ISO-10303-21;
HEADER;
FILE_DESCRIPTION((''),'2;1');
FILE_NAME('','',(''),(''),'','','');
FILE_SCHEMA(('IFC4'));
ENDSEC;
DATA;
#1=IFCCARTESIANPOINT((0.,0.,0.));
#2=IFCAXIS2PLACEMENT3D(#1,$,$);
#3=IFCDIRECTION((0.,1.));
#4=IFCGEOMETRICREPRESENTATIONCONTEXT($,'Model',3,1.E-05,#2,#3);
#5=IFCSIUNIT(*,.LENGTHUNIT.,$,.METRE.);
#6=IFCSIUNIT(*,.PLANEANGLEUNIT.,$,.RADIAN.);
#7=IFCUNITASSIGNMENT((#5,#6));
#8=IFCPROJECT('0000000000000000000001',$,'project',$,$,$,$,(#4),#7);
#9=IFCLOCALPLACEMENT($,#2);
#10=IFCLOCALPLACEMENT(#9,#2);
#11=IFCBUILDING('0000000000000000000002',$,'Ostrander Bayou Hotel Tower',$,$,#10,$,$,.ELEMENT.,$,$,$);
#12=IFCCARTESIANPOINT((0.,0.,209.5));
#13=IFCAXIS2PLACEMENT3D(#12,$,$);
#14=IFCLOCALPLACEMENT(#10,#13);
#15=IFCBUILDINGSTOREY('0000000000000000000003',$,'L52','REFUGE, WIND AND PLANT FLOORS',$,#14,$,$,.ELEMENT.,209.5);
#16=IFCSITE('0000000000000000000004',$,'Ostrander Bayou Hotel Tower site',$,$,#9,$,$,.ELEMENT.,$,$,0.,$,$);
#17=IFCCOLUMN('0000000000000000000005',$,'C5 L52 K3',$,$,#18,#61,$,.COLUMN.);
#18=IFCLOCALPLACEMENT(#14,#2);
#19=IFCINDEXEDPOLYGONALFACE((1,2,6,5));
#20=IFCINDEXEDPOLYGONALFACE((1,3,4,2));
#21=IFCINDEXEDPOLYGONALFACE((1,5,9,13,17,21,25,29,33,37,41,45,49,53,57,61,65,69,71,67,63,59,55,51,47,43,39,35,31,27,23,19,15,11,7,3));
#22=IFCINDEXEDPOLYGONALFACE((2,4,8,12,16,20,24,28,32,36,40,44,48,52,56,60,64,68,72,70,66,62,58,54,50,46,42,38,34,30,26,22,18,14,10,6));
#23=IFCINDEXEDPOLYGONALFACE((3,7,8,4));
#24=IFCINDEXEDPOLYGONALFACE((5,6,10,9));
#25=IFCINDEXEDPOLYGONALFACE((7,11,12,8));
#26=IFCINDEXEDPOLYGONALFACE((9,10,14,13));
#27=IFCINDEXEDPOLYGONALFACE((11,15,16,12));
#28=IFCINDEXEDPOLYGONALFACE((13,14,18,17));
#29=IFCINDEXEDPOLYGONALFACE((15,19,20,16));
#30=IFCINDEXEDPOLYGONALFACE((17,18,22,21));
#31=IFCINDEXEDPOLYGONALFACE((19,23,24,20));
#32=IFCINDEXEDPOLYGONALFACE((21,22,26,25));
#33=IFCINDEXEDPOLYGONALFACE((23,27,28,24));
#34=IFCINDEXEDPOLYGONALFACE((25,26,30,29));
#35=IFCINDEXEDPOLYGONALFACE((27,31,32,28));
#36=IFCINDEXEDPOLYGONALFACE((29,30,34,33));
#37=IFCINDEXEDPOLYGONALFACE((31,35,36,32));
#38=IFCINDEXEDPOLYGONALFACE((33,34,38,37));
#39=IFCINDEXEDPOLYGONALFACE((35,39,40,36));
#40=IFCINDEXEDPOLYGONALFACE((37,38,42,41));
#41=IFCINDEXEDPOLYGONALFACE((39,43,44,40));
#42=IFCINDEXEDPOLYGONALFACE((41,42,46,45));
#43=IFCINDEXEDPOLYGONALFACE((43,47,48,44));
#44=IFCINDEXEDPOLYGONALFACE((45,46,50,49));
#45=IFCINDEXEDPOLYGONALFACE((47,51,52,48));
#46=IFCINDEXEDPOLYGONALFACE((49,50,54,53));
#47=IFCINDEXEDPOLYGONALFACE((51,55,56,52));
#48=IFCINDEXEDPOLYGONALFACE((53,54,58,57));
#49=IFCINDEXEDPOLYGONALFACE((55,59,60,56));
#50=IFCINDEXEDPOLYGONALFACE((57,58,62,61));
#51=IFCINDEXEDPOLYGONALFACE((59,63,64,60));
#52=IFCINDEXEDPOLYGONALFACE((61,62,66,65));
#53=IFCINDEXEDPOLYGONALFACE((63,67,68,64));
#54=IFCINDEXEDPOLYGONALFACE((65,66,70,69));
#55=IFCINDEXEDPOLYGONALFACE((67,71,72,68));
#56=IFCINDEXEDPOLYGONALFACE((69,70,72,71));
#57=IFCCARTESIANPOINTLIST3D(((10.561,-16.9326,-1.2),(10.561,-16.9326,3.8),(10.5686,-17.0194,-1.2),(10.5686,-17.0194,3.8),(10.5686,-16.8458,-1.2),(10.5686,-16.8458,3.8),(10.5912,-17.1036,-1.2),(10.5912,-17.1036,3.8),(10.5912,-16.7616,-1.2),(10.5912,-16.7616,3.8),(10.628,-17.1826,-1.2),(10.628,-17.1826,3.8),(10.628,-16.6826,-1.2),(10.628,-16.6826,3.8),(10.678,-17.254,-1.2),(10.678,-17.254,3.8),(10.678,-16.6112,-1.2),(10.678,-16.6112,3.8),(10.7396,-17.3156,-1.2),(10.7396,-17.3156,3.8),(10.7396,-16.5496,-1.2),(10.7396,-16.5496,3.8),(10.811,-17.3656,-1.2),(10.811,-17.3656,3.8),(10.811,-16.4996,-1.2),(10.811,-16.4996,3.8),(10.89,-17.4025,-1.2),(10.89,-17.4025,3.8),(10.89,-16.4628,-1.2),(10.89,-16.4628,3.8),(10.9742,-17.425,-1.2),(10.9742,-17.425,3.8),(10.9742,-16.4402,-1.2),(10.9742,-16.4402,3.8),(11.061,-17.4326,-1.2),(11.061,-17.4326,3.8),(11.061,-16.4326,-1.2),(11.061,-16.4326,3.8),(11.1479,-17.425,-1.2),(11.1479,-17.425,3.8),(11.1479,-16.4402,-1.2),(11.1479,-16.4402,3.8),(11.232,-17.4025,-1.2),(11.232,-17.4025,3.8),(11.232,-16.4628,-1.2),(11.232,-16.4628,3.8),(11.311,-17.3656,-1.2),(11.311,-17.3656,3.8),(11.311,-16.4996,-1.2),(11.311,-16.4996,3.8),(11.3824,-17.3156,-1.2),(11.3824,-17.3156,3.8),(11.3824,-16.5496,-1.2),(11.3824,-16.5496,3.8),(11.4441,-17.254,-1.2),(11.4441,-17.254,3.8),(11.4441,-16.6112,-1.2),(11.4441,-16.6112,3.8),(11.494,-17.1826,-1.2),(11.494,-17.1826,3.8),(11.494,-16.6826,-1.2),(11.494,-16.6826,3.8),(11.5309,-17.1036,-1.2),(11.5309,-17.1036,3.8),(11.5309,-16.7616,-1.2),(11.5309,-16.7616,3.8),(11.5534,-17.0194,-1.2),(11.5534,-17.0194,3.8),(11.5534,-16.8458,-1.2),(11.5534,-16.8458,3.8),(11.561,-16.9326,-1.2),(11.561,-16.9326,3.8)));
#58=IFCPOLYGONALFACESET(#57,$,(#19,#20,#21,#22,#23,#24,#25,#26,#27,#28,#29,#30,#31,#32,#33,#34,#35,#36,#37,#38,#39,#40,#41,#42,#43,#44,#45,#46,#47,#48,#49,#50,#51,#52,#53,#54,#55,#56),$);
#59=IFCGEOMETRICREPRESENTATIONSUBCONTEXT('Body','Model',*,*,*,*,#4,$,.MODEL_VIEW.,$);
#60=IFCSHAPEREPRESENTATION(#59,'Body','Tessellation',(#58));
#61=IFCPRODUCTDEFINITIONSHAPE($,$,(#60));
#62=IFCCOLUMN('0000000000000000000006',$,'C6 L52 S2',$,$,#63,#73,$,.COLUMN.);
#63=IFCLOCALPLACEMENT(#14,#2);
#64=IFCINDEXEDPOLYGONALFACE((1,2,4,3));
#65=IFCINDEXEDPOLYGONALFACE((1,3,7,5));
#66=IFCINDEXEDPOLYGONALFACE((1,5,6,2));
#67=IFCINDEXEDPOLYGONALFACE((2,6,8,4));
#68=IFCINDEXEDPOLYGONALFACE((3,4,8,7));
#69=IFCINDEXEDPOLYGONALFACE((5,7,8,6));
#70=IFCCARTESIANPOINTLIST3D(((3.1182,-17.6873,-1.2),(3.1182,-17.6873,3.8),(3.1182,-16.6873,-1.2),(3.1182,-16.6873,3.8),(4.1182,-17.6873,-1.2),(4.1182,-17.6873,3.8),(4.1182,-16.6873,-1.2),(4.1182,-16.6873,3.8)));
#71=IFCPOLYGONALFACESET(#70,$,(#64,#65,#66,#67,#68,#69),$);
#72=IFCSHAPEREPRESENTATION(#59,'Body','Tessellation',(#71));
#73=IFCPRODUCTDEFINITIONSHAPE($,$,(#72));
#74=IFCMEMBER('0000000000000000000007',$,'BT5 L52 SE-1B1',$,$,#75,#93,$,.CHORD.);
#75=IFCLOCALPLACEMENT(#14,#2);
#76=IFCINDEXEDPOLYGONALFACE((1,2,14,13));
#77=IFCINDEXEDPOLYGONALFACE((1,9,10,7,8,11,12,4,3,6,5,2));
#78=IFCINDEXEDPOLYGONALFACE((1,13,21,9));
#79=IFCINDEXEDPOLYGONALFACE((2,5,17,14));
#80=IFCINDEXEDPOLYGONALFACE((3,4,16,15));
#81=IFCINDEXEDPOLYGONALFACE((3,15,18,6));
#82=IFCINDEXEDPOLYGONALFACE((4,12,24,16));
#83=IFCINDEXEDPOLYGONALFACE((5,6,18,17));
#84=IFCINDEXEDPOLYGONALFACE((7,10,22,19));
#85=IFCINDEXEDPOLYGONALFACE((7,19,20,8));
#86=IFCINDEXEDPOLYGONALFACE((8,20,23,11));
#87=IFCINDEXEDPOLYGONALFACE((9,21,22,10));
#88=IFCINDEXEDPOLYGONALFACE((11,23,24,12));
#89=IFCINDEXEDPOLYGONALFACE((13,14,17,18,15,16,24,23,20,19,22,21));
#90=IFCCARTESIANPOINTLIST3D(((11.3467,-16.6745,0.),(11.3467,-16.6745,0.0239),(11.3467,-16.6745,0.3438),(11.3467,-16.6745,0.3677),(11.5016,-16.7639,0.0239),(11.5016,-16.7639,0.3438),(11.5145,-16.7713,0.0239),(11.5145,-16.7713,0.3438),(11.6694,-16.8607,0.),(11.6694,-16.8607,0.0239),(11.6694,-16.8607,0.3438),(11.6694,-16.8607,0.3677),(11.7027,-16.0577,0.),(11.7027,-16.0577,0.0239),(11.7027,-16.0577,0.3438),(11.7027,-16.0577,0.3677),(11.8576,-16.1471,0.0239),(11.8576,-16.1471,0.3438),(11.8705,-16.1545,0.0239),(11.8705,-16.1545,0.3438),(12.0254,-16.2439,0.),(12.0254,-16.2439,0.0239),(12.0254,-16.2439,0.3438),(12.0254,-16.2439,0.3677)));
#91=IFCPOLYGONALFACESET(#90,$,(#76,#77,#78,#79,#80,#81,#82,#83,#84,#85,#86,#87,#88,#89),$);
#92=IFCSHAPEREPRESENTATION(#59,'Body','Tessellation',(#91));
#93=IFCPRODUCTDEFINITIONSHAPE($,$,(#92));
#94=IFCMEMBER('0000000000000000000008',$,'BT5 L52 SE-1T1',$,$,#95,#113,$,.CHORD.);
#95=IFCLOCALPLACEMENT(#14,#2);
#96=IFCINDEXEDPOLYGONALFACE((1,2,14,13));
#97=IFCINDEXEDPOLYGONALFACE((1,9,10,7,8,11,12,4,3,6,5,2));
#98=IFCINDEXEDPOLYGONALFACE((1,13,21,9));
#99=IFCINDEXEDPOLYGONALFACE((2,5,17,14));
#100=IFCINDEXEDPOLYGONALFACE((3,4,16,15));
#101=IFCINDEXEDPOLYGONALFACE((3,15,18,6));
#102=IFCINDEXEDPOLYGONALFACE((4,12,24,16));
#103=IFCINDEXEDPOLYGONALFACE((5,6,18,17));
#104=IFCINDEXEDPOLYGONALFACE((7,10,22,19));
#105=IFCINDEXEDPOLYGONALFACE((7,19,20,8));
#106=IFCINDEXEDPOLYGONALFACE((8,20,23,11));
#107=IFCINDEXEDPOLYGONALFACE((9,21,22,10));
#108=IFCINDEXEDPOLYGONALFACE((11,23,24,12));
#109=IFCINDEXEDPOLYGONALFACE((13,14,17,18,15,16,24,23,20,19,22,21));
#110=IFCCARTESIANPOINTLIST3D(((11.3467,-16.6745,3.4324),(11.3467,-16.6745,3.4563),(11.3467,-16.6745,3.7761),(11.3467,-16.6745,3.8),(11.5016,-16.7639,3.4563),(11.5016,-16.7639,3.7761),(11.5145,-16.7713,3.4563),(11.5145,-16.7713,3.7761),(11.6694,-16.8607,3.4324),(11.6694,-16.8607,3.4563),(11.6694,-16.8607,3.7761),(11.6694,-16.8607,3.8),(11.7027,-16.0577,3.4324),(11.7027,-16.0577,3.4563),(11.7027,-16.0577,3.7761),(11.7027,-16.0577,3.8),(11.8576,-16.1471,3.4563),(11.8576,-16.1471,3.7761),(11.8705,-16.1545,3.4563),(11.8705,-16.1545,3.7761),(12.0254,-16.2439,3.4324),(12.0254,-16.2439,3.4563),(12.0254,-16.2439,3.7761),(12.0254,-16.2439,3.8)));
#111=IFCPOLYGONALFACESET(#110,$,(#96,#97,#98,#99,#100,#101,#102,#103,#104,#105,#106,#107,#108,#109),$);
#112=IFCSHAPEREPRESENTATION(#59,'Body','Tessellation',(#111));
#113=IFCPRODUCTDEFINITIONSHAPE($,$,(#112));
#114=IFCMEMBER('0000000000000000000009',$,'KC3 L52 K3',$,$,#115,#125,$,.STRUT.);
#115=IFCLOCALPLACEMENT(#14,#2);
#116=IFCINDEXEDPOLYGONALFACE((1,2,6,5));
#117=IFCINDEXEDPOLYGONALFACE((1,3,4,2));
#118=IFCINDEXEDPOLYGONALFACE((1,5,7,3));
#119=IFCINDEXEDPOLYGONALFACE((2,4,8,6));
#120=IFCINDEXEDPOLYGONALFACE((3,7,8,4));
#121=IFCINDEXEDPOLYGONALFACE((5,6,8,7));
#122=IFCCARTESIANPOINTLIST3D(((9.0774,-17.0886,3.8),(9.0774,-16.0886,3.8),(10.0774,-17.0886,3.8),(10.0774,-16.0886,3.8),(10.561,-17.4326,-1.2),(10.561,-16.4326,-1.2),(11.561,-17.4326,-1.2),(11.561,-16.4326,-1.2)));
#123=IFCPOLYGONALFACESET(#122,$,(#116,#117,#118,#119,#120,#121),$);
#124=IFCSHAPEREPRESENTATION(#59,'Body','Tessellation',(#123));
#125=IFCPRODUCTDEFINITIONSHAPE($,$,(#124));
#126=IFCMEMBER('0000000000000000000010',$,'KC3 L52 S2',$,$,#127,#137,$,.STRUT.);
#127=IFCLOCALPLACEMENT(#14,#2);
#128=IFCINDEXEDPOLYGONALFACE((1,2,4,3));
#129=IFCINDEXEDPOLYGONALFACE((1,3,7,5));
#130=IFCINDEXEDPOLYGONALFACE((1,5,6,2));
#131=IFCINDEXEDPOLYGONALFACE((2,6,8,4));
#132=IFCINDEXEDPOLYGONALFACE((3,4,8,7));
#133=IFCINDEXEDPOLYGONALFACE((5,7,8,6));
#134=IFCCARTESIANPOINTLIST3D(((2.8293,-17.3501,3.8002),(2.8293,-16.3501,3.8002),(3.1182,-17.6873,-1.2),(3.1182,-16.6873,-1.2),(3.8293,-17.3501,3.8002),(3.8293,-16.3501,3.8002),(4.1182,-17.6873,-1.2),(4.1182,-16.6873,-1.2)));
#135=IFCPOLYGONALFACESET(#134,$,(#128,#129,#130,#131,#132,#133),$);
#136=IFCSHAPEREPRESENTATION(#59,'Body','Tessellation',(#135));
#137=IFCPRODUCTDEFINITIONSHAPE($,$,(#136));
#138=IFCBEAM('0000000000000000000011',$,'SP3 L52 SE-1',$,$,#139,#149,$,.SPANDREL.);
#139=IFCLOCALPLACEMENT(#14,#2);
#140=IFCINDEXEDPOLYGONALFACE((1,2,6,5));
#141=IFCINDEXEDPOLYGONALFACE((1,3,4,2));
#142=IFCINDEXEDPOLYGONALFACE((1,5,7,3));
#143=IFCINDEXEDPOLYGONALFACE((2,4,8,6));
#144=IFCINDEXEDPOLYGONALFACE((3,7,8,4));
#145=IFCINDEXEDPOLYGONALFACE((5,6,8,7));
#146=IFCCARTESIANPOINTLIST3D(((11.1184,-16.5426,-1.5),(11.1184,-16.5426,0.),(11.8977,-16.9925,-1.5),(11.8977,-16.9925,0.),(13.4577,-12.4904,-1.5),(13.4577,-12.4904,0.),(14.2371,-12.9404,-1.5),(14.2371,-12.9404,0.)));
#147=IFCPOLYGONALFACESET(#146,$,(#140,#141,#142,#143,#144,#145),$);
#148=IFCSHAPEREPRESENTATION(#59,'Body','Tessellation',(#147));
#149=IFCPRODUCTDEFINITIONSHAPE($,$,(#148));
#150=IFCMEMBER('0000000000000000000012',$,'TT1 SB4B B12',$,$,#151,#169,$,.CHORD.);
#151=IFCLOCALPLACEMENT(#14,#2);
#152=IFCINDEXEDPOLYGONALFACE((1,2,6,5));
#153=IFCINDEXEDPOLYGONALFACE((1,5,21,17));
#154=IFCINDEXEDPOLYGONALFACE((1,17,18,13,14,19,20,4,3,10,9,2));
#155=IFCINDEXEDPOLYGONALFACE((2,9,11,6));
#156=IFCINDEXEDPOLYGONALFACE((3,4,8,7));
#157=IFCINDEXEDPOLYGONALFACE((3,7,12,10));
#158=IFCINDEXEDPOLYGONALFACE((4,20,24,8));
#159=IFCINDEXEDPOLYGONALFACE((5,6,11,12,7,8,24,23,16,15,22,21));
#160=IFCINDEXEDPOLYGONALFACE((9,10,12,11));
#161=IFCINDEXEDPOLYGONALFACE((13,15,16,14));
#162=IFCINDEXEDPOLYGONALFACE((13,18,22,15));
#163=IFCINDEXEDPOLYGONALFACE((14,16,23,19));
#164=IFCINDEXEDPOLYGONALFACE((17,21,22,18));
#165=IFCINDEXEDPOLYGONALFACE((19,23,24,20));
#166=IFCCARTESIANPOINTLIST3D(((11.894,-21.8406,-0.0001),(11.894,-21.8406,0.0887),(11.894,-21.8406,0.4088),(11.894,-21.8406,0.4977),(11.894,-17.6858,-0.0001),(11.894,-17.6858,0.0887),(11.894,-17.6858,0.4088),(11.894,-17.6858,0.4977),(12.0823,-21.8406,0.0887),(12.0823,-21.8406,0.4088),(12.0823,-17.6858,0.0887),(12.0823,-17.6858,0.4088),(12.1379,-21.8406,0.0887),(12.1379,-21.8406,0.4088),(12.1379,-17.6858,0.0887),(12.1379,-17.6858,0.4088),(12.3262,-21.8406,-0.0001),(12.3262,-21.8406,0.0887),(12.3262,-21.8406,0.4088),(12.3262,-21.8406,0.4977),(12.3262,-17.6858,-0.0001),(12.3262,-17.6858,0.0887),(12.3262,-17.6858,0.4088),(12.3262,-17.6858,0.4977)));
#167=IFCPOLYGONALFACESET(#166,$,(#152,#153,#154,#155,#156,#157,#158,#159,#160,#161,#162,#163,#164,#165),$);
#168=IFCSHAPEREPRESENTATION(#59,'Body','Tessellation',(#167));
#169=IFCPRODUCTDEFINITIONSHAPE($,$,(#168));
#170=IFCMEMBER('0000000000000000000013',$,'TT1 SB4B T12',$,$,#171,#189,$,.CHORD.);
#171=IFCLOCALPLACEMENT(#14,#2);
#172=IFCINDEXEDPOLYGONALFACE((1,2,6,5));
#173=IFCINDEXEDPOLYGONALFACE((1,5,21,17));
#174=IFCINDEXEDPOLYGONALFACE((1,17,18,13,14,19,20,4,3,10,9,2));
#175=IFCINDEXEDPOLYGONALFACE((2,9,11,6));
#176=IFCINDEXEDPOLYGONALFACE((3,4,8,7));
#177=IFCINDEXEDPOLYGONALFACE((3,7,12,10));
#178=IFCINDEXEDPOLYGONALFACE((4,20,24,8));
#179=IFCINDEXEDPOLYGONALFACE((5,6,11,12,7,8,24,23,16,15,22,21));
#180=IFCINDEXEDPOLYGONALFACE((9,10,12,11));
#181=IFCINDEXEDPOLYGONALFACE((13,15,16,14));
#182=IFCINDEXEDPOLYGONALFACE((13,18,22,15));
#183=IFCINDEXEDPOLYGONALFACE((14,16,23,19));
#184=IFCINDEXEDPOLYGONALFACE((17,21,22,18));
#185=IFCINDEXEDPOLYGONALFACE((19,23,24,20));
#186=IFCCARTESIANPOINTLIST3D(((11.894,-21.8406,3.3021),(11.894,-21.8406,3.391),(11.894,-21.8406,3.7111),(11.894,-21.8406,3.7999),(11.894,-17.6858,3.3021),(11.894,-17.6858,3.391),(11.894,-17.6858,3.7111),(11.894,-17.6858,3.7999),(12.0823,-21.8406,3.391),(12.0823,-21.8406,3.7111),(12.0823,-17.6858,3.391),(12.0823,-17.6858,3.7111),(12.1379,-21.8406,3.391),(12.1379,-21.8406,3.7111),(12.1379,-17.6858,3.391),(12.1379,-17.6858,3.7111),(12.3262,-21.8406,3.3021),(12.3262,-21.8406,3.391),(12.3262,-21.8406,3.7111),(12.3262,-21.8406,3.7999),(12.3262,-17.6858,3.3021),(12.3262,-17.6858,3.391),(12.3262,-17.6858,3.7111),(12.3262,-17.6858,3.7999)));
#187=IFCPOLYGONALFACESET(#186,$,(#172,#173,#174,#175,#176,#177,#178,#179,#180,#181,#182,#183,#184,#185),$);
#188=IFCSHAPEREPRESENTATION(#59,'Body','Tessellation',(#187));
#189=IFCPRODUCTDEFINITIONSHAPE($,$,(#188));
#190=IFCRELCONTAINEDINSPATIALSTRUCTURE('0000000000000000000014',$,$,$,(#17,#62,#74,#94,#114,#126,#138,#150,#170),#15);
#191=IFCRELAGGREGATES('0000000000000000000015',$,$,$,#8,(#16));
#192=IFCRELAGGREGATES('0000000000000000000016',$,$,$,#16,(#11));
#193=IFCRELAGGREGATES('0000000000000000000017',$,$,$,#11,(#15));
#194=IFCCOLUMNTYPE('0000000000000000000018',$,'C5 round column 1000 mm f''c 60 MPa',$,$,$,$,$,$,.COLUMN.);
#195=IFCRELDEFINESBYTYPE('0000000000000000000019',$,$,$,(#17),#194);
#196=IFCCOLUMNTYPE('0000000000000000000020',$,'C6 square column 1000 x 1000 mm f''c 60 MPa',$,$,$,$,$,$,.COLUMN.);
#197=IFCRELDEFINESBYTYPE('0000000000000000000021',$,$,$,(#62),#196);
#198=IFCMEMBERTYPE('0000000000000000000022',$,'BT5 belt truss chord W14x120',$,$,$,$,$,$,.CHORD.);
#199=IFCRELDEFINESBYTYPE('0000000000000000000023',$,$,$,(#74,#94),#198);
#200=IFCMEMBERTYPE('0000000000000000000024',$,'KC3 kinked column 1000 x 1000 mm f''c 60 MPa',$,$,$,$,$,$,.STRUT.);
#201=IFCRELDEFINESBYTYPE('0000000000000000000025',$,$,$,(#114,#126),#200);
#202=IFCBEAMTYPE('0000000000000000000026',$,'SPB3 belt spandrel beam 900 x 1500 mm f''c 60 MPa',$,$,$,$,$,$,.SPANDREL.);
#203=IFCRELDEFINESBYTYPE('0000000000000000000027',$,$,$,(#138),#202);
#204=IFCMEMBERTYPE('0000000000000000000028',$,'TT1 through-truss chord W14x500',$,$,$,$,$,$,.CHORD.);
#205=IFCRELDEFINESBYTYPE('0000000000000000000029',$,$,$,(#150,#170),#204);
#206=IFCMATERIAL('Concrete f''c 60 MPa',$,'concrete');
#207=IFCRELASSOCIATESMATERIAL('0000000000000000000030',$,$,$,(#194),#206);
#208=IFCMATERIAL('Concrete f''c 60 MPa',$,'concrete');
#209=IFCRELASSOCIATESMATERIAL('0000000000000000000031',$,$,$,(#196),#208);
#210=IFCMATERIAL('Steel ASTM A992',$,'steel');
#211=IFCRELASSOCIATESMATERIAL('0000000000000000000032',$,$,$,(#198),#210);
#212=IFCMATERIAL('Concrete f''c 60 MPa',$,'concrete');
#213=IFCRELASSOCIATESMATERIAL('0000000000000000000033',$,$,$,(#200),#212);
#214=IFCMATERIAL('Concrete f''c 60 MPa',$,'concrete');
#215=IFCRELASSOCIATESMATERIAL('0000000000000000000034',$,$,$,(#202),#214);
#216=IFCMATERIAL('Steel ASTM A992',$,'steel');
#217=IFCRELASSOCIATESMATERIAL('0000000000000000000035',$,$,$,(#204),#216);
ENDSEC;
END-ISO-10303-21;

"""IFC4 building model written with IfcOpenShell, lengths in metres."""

from ifc_helpers import new_model, si_unit, direction, frame, origin, origin_2d, place, context, subcontext, project, spatial, rectangle, circle, i_section, extrude, material, material_profile, profile_set, type_object, element, save


model = new_model("IFC4")

# Units and contexts
model_context = context("Model", 3, precision=1e-05, world=origin(), true_north=direction((0.0, 1.0)))
body_context = subcontext(model_context, "Body", "Model", "MODEL_VIEW")
ifc_project = project(units=[si_unit("LENGTHUNIT", "METRE"), si_unit("PLANEANGLEUNIT", "RADIAN")], contexts=[model_context])

# Site, building, storey
site_placement = place(None, origin())
site = spatial("IfcSite", under=ifc_project, at=site_placement, Name="Ostrander Bayou Hotel Tower site", CompositionType="ELEMENT", RefElevation=0.0)
building_placement = place(site_placement, origin())
building = spatial("IfcBuilding", under=site, at=building_placement, Name="Ostrander Bayou Hotel Tower", CompositionType="ELEMENT")
storey_placement = place(building_placement, frame((0.0, 0.0, 209.5)))
storey = spatial("IfcBuildingStorey", under=building, at=storey_placement, Name="L52", Description="REFUGE, WIND AND PLANT FLOORS", CompositionType="ELEMENT", Elevation=209.5)

# Columns
ifc_material_1 = material(Name="Concrete f'c 60 MPa", Category="concrete")
ifc_material_profile_1 = material_profile(ifc_material_1, circle(Radius=0.5, at=origin_2d()))
ifc_profile_set_1 = profile_set([ifc_material_profile_1], Name="Concrete f'c 60 MPa")
column_type_1 = type_object("IfcColumnType", Name="C5 round column 1000 mm f'c 60 MPa", PredefinedType="COLUMN", material=ifc_profile_set_1)
column_1_placement = place(storey_placement, frame((11.061, -16.9326, -1.2), z_axis=(0.0, 0.0, 1.0), x_axis=(1.0, 0.0, 0.0)))
element("IfcColumn", 1, at=column_1_placement, inside=storey, type_object=column_type_1, Name="C5 L52 K3", PredefinedType="COLUMN", context=body_context, shape_type="SweptSolid", body=[
    extrude(circle(Radius=0.5, at=origin_2d()), origin(), (0.0, 0.0, 1.0), 5.0),
])
ifc_material_2 = material(Name="Concrete f'c 60 MPa", Category="concrete")
ifc_material_profile_2 = material_profile(ifc_material_2, rectangle(XDim=1.0, YDim=1.0, at=origin_2d()))
ifc_profile_set_2 = profile_set([ifc_material_profile_2], Name="Concrete f'c 60 MPa")
column_type_2 = type_object("IfcColumnType", Name="C6 square column 1000 x 1000 mm f'c 60 MPa", PredefinedType="COLUMN", material=ifc_profile_set_2)
column_2_placement = place(storey_placement, frame((3.6182, -17.1873, -1.2), z_axis=(0.0, 0.0, 1.0), x_axis=(-1.0, 0.0, 0.0)))
element("IfcColumn", 2, at=column_2_placement, inside=storey, type_object=column_type_2, Name="C6 L52 S2", PredefinedType="COLUMN", context=body_context, shape_type="SweptSolid", body=[
    extrude(rectangle(XDim=1.0, YDim=1.0, at=origin_2d()), origin(), (0.0, 0.0, 1.0), 5.0),
])

# Members
ifc_material_3 = material(Name="Steel ASTM A992", Category="steel")
ifc_material_profile_3 = material_profile(ifc_material_3, i_section(OverallWidth=0.3726, OverallDepth=0.3677, WebThickness=0.0149, FlangeThickness=0.0239, at=origin_2d()))
ifc_profile_set_3 = profile_set([ifc_material_profile_3], Name="Steel ASTM A992")
member_type_1 = type_object("IfcMemberType", Name="BT5 belt truss chord W14x120", PredefinedType="CHORD", material=ifc_profile_set_3)
for number, where, z_axis, x_axis, name in (
    (3, (11.5081, -16.7676, 0.1838), (0.499901, 0.866083, 0.0), (-0.866083, 0.499901, 0.0), "BT5 L52 SE-1B1"),
    (4, (11.5081, -16.7676, 3.6162), (0.499901, 0.866083, 0.0), (-0.866083, 0.499901, 0.0), "BT5 L52 SE-1T1"),
):
    element("IfcMember", number, at=place(storey_placement, frame(where, z_axis=z_axis, x_axis=x_axis)), inside=storey, type_object=member_type_1, Name=name, PredefinedType="CHORD", context=body_context, shape_type="SweptSolid", body=[
        extrude(i_section(OverallWidth=0.3726, OverallDepth=0.3677, WebThickness=0.0149, FlangeThickness=0.0239, at=origin_2d()), origin(), (0.0, 0.0, 1.0), 0.7122),
    ])
ifc_material_4 = material(Name="Concrete f'c 60 MPa", Category="concrete")
ifc_material_profile_4 = material_profile(ifc_material_4, rectangle(XDim=1.0, YDim=1.0, at=origin_2d()))
ifc_profile_set_4 = profile_set([ifc_material_profile_4], Name="Concrete f'c 60 MPa")
member_type_2 = type_object("IfcMemberType", Name="KC3 kinked column 1000 x 1000 mm f'c 60 MPa", PredefinedType="STRUT", material=ifc_profile_set_4)
member_1_placement = place(storey_placement, frame((11.061, -16.9326, -1.2), z_axis=(0.0, 0.0, 1.0), x_axis=(1.0, 0.0, 0.0)))
element("IfcMember", 5, at=member_1_placement, inside=storey, type_object=member_type_2, Name="KC3 L52 K3", PredefinedType="STRUT", context=body_context, shape_type="SweptSolid", body=[
    extrude(rectangle(XDim=1.0, YDim=1.0, at=origin_2d()), origin(), (-0.283852, 0.065813, 0.956607), 5.2268),
])
member_2_placement = place(storey_placement, frame((3.6182, -17.1873, -1.2), z_axis=(0.0, 0.0, 1.0), x_axis=(-1.0, 0.0, 0.0)))
element("IfcMember", 6, at=member_2_placement, inside=storey, type_object=member_type_2, Name="KC3 L52 S2", PredefinedType="STRUT", context=body_context, shape_type="SweptSolid", body=[
    extrude(rectangle(XDim=1.0, YDim=1.0, at=origin_2d()), origin(), (0.057537, -0.067167, 0.996081), 5.0198),
])

# Beam
ifc_material_5 = material(Name="Concrete f'c 60 MPa", Category="concrete")
ifc_material_profile_5 = material_profile(ifc_material_5, rectangle(XDim=0.8999, YDim=1.5, at=origin_2d()))
ifc_profile_set_5 = profile_set([ifc_material_profile_5], Name="Concrete f'c 60 MPa")
beam_type = type_object("IfcBeamType", Name="SPB3 belt spandrel beam 900 x 1500 mm f'c 60 MPa", PredefinedType="SPANDREL", material=ifc_profile_set_5)
beam_placement = place(storey_placement, frame((11.5081, -16.7676, -0.75), z_axis=(0.499966, 0.866045, 0.0), x_axis=(-0.866045, 0.499966, 0.0)))
element("IfcBeam", 7, at=beam_placement, inside=storey, type_object=beam_type, Name="SP3 L52 SE-1", PredefinedType="SPANDREL", context=body_context, shape_type="SweptSolid", body=[
    extrude(rectangle(XDim=0.8999, YDim=1.5, at=origin_2d()), origin(), (0.0, 0.0, 1.0), 4.679),
])

# Members
ifc_material_6 = material(Name="Steel ASTM A992", Category="steel")
ifc_material_profile_6 = material_profile(ifc_material_6, i_section(OverallWidth=0.4321, OverallDepth=0.4978, WebThickness=0.0557, FlangeThickness=0.0889, at=origin_2d()))
ifc_profile_set_6 = profile_set([ifc_material_profile_6], Name="Steel ASTM A992")
member_type_3 = type_object("IfcMemberType", Name="TT1 through-truss chord W14x500", PredefinedType="CHORD", material=ifc_profile_set_6)
for number, where, z_axis, x_axis, name in (
    (8, (12.1101, -17.6858, 0.2488), (0.0, -1.0, 0.0), (1.0, 0.0, 0.0), "TT1 SB4B B12"),
    (9, (12.1101, -17.6858, 3.551), (0.0, -1.0, 0.0), (1.0, 0.0, 0.0), "TT1 SB4B T12"),
):
    element("IfcMember", number, at=place(storey_placement, frame(where, z_axis=z_axis, x_axis=x_axis)), inside=storey, type_object=member_type_3, Name=name, PredefinedType="CHORD", context=body_context, shape_type="SweptSolid", body=[
        extrude(i_section(OverallWidth=0.4321, OverallDepth=0.4978, WebThickness=0.0557, FlangeThickness=0.0889, at=origin_2d()), origin(), (0.0, 0.0, 1.0), 4.1548),
    ])

save(model, "model.ifc")
